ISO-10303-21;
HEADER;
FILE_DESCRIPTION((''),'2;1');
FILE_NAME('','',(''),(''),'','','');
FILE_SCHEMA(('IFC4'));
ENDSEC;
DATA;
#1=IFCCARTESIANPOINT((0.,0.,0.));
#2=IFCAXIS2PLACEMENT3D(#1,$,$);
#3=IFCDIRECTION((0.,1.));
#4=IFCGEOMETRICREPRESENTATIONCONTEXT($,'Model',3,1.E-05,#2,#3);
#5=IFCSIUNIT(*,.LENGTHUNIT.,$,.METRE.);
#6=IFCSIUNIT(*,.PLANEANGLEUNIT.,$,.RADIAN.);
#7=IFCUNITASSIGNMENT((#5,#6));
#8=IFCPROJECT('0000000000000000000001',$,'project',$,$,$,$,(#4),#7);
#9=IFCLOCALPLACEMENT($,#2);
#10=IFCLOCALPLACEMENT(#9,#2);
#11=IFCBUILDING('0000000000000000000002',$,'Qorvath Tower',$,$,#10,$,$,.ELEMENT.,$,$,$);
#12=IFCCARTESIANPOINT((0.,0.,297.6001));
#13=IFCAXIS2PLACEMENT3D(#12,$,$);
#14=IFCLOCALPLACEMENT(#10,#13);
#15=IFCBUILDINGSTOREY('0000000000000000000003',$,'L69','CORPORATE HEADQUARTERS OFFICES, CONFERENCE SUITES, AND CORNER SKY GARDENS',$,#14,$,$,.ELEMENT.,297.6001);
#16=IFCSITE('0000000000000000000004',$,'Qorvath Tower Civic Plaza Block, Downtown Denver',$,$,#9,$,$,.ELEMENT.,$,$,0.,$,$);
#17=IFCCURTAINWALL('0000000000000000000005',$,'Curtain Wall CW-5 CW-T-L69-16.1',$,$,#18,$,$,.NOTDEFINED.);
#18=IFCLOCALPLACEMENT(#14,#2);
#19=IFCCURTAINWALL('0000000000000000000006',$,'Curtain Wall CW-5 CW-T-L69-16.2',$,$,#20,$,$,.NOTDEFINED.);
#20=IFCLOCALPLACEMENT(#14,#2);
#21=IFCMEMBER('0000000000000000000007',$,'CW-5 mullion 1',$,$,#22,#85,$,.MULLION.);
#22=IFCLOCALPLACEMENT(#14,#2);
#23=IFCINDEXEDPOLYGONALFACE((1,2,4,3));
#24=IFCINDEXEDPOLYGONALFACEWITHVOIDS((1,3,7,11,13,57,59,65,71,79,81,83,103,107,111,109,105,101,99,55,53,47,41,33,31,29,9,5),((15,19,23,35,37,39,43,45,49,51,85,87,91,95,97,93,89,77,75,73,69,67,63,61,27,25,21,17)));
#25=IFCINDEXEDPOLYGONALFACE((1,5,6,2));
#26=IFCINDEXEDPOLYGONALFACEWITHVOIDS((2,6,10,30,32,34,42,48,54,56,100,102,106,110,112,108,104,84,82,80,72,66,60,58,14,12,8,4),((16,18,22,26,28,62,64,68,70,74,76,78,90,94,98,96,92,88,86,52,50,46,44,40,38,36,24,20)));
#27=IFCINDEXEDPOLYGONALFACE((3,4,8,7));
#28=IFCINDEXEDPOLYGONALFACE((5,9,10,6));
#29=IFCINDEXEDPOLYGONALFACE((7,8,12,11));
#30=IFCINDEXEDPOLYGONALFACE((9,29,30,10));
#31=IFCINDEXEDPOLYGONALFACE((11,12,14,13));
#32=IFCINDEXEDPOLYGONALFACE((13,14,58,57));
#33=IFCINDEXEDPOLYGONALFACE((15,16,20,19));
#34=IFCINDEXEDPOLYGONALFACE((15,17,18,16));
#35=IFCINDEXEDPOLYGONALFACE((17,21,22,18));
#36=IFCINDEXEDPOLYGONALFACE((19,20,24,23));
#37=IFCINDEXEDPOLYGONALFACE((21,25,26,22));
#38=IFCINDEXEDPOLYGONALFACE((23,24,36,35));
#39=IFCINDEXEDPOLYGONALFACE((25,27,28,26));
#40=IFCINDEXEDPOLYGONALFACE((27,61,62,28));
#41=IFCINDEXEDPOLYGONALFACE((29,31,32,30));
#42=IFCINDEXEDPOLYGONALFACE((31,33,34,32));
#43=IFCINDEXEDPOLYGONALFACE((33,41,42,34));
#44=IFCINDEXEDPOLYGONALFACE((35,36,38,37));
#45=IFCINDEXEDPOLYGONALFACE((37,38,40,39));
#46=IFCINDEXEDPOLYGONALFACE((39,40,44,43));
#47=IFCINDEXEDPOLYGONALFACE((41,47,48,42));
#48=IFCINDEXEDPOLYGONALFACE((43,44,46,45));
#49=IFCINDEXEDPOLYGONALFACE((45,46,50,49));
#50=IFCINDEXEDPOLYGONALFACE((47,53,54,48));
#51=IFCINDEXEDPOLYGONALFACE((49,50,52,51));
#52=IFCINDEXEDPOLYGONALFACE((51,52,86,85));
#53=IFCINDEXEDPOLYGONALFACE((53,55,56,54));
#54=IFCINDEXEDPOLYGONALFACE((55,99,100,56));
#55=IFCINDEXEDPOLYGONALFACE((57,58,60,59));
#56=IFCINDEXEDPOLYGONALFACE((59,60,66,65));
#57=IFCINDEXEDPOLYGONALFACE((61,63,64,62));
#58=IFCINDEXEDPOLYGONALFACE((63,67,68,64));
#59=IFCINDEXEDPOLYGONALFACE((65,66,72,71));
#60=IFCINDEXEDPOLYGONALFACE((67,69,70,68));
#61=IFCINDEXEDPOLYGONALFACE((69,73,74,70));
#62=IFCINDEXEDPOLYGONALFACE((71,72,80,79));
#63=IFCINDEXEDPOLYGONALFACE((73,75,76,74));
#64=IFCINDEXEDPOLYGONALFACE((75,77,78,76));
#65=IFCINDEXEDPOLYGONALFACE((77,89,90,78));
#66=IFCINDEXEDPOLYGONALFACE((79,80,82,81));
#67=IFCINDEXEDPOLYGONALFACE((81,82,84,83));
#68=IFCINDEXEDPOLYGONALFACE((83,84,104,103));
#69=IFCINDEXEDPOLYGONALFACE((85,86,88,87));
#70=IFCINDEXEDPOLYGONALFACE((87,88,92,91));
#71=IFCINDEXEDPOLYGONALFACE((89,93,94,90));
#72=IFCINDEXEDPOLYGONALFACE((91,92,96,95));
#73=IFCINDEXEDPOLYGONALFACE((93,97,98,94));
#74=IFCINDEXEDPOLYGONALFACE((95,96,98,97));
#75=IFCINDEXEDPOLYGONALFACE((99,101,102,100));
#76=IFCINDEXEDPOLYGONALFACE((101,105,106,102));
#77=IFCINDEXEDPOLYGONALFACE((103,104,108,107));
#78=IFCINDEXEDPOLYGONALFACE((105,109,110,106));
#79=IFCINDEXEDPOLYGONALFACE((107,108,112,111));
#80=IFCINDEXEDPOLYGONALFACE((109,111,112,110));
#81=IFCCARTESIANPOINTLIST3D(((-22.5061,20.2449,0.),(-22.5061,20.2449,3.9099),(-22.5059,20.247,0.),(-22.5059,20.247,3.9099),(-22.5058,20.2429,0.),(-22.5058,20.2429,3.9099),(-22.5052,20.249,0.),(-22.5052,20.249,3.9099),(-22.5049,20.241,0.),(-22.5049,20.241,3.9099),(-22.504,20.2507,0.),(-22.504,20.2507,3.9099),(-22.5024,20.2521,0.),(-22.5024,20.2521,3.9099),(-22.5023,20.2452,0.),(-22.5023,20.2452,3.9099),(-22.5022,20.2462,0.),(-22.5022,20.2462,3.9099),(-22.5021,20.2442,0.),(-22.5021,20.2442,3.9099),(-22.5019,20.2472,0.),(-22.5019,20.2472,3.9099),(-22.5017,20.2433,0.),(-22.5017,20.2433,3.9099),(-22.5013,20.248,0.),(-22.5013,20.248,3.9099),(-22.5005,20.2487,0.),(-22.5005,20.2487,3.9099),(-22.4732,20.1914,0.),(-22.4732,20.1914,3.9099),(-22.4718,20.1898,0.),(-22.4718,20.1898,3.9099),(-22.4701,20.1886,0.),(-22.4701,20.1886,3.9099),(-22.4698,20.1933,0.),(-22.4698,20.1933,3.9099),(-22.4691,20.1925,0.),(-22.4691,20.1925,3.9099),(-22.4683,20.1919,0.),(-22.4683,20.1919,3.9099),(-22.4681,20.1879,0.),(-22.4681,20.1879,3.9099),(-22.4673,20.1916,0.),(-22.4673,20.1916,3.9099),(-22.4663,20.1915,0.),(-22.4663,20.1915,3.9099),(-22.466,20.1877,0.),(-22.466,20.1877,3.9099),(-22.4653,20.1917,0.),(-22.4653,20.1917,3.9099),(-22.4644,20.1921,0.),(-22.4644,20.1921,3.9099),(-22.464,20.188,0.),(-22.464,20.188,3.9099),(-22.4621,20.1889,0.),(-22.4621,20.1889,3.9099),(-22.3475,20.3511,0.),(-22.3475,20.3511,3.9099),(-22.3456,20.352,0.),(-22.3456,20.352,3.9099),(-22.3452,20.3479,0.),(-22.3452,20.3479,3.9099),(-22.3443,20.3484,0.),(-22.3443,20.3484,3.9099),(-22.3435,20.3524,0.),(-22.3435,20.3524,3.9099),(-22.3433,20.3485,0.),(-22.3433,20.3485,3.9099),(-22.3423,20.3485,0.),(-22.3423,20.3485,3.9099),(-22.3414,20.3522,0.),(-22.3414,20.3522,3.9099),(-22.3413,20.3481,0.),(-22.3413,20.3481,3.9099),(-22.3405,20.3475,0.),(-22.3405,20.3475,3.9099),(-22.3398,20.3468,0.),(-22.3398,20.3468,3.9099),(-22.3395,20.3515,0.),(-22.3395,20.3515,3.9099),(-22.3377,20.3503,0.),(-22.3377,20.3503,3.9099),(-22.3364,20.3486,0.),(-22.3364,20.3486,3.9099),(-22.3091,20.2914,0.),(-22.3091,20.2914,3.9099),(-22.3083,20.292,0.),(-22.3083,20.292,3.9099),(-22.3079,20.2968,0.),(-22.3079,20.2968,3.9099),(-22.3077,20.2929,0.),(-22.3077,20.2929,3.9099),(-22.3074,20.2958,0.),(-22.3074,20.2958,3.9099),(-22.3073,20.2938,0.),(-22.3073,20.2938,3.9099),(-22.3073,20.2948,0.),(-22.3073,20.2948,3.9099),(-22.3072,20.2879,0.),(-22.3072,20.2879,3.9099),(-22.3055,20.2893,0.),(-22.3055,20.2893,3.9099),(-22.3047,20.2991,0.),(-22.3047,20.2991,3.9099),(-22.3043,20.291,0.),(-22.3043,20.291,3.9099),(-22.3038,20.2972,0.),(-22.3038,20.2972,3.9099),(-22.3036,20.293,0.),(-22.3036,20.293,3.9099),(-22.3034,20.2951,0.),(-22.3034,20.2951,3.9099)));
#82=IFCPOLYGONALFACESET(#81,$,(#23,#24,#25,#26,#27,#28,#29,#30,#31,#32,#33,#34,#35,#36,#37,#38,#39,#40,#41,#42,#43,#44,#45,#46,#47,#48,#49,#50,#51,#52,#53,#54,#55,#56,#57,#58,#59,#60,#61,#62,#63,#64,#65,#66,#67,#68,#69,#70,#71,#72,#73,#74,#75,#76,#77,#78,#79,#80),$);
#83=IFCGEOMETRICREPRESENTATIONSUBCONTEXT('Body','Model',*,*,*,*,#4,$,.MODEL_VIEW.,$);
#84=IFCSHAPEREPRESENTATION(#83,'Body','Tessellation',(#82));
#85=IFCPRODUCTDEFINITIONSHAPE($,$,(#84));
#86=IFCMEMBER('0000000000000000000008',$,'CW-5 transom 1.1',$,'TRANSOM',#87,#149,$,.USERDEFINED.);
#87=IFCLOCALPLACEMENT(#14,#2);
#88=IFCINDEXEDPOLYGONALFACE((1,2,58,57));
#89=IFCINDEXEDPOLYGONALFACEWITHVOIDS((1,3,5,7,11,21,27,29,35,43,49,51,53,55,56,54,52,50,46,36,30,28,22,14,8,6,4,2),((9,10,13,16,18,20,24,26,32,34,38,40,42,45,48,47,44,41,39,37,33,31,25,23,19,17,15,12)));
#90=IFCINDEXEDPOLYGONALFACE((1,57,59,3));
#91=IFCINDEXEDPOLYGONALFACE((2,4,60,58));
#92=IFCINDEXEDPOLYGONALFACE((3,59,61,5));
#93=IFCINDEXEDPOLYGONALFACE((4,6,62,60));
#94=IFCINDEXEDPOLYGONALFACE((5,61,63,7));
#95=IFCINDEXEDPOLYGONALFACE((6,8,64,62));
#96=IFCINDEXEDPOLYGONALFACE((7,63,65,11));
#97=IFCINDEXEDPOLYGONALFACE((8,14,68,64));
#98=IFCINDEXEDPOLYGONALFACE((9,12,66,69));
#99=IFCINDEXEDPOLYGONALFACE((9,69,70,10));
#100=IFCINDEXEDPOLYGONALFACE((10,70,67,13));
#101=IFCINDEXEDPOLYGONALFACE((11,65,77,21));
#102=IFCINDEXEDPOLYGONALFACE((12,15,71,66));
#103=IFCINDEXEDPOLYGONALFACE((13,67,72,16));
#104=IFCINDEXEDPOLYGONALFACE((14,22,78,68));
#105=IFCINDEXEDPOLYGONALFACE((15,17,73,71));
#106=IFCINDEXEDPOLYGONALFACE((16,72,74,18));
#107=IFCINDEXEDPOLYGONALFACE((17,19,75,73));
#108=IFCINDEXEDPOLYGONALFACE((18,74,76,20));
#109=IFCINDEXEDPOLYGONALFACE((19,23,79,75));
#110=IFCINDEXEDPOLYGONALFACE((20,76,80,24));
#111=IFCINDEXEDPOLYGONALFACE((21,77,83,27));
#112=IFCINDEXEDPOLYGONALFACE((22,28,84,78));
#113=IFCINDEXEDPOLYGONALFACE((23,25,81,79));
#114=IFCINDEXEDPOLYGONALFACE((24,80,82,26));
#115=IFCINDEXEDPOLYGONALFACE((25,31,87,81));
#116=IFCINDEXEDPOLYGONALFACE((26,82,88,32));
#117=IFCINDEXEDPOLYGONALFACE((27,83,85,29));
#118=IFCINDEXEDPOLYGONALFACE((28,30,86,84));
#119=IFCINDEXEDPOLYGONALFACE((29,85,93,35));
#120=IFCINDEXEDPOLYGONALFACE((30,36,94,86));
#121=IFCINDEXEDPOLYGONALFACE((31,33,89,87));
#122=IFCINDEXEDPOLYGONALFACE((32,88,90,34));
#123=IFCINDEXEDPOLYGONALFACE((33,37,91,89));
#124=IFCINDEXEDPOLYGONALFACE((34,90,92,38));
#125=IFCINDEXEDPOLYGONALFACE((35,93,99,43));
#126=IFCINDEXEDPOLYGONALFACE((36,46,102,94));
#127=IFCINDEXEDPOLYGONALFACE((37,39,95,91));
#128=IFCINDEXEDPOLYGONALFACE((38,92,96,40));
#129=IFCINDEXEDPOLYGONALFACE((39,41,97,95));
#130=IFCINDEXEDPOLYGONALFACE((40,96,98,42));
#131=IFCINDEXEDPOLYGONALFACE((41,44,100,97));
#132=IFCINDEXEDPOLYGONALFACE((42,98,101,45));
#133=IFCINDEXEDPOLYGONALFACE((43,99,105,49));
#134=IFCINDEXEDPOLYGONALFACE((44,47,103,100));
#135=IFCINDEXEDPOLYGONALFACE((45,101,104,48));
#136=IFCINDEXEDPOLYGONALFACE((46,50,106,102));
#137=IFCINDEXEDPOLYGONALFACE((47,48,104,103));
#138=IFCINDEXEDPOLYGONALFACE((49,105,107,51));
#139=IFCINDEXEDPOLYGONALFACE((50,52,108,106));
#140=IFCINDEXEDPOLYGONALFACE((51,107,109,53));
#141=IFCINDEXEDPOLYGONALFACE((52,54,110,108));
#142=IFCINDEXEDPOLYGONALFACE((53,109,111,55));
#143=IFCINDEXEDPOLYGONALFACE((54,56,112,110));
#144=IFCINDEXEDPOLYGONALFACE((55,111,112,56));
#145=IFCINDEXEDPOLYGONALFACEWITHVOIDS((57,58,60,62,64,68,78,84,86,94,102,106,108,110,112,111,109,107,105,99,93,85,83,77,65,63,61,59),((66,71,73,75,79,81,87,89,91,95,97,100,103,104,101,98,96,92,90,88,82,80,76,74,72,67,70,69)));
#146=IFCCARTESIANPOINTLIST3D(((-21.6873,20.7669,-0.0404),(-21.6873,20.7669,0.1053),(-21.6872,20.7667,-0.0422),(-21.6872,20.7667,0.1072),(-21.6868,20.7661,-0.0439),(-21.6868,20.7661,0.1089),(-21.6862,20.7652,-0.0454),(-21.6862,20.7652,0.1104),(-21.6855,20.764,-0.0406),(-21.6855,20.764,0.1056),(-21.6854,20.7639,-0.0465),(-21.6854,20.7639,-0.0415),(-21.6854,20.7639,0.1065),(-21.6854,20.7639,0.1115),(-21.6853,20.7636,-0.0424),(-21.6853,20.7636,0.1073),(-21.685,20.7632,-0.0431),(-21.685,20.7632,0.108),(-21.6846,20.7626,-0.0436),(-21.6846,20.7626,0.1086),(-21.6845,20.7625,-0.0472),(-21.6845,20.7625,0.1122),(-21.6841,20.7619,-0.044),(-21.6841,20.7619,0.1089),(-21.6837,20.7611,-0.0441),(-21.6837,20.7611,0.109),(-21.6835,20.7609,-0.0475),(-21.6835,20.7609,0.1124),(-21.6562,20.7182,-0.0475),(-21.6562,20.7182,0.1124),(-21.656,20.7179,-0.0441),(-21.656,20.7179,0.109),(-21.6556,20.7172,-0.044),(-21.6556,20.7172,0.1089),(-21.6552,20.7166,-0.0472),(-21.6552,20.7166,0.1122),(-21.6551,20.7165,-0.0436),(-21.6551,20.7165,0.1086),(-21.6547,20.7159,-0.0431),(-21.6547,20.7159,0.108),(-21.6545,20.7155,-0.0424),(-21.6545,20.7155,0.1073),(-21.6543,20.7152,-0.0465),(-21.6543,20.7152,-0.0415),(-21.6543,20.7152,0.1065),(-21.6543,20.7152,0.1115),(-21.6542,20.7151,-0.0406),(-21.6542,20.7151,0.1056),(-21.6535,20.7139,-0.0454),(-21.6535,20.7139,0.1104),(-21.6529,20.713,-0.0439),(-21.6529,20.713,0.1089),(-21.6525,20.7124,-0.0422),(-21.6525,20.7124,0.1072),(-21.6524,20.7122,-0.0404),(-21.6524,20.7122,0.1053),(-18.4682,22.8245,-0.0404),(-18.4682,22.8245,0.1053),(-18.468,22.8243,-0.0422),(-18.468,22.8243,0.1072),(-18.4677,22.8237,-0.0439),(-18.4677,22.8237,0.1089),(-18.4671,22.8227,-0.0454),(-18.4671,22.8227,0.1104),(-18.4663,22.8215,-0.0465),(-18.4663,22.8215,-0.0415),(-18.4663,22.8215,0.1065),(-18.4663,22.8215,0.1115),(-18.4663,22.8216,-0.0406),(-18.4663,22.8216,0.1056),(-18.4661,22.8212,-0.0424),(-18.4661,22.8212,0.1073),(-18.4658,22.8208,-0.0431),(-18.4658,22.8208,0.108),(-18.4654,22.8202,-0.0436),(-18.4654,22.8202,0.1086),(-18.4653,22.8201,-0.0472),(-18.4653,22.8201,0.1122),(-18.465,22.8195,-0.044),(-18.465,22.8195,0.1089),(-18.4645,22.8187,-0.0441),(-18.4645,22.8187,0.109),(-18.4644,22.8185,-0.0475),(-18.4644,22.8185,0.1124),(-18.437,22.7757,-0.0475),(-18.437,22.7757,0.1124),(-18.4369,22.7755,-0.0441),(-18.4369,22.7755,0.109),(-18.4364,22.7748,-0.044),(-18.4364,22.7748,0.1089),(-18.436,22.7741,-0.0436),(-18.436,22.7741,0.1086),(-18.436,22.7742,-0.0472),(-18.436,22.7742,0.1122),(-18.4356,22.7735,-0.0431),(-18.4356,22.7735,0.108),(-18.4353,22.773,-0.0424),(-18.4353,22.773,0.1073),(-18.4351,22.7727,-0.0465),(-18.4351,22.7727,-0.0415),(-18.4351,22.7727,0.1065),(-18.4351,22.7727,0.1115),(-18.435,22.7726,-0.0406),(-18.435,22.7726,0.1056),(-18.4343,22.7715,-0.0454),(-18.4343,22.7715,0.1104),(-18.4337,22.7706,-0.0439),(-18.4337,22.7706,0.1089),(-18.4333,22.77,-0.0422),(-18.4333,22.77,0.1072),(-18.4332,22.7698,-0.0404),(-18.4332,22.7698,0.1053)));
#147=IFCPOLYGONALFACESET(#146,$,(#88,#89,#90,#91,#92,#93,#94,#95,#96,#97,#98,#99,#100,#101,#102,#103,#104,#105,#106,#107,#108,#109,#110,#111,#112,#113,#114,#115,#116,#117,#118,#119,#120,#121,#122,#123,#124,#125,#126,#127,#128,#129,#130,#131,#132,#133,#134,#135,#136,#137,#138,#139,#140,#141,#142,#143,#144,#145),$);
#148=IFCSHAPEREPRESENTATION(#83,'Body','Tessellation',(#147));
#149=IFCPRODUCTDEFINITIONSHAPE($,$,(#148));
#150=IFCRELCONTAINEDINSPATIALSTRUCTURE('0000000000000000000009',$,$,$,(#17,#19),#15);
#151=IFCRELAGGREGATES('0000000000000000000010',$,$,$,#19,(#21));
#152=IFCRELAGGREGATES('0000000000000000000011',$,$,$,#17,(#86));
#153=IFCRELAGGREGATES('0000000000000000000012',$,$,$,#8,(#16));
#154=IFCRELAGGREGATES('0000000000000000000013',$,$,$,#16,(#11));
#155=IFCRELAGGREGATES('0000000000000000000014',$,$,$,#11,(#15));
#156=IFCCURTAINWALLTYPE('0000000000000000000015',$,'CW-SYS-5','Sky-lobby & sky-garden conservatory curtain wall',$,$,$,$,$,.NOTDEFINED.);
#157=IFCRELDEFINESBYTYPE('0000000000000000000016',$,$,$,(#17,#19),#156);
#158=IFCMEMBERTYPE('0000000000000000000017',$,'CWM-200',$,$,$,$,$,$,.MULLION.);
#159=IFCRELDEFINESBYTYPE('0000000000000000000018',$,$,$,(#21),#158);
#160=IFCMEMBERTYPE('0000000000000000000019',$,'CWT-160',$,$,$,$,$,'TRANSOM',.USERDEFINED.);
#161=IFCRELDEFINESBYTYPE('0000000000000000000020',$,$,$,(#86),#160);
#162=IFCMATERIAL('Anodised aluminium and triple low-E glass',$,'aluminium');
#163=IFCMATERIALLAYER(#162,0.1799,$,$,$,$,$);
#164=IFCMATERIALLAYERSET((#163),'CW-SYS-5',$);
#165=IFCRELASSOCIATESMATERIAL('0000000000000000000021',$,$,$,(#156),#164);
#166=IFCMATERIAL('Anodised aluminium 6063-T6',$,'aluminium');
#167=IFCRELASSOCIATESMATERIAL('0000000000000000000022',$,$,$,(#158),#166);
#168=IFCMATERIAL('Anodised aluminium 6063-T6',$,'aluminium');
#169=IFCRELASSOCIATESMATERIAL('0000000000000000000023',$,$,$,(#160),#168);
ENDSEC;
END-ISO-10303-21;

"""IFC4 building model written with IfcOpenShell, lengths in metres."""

from ifc_helpers import new_model, si_unit, direction, frame, origin, origin_2d, place, context, subcontext, project, spatial, hollow_rectangle, extrude, material, layer, layer_set, material_profile, profile_set, type_object, element, aggregate, save


model = new_model("IFC4")

# Units and contexts
model_context = context("Model", 3, precision=1e-05, world=origin(), true_north=direction((0.0, 1.0)))
body_context = subcontext(model_context, "Body", "Model", "MODEL_VIEW")
ifc_project = project(units=[si_unit("LENGTHUNIT", "METRE"), si_unit("PLANEANGLEUNIT", "RADIAN")], contexts=[model_context])

# Site, building, storey
site_placement = place(None, origin())
site = spatial("IfcSite", under=ifc_project, at=site_placement, Name="Qorvath Tower Civic Plaza Block, Downtown Denver", CompositionType="ELEMENT", RefElevation=0.0)
building_placement = place(site_placement, origin())
building = spatial("IfcBuilding", under=site, at=building_placement, Name="Qorvath Tower", CompositionType="ELEMENT")
storey_placement = place(building_placement, frame((0.0, 0.0, 297.6001)))
storey = spatial("IfcBuildingStorey", under=building, at=storey_placement, Name="L69", Description="CORPORATE HEADQUARTERS OFFICES, CONFERENCE SUITES, AND CORNER SKY GARDENS", CompositionType="ELEMENT", Elevation=297.6001)

# Shared definitions
ifc_material_1 = material(Name="Anodised aluminium and triple low-E glass", Category="aluminium")
ifc_layer_1 = layer(ifc_material_1, 0.1799)
ifc_layer_set_1 = layer_set([ifc_layer_1], Name="CW-SYS-5")
curtain_wall_type = type_object("IfcCurtainWallType", Name="CW-SYS-5", Description="Sky-lobby & sky-garden conservatory curtain wall", PredefinedType="NOTDEFINED", material=ifc_layer_set_1)
ifc_material_2 = material(Name="Anodised aluminium 6063-T6", Category="aluminium")
ifc_material_profile_1 = material_profile(ifc_material_2, hollow_rectangle(XDim=0.075, YDim=0.2, WallThickness=0.0039, InnerFilletRadius=0.0039, OuterFilletRadius=0.0081, at=origin_2d()), Name="CWM 200x75")
ifc_profile_set_1 = profile_set([ifc_material_profile_1], Name="Anodised aluminium 6063-T6")
member_type_1 = type_object("IfcMemberType", Name="CWM-200", PredefinedType="MULLION", material=ifc_profile_set_1)

# Curtain wall
curtain_wall_1_placement = place(storey_placement, origin())
curtain_wall_1 = element("IfcCurtainWall", 1, at=curtain_wall_1_placement, inside=storey, type_object=curtain_wall_type, Name="Curtain Wall CW-5 CW-T-L69-16.1", PredefinedType="NOTDEFINED")

# Curtain wall, member
curtain_wall_2_placement = place(storey_placement, origin())
curtain_wall_2 = element("IfcCurtainWall", 2, at=curtain_wall_2_placement, inside=storey, type_object=curtain_wall_type, Name="Curtain Wall CW-5 CW-T-L69-16.2", PredefinedType="NOTDEFINED")
member_1_placement = place(storey_placement, frame((-22.4048, 20.27, 0.0), z_axis=(0.0, 0.0, 1.0), x_axis=(0.538541, -0.842599, 0.0)))
member_1 = element("IfcMember", 3, at=member_1_placement, type_object=member_type_1, Name="CW-5 mullion 1", PredefinedType="MULLION", context=body_context, shape_type="SweptSolid", body=[
    extrude(hollow_rectangle(XDim=0.075, YDim=0.2, WallThickness=0.0039, InnerFilletRadius=0.0039, OuterFilletRadius=0.0081, at=origin_2d()), origin(), (0.0, 0.0, 1.0), 3.9099),
])

# Member
ifc_material_3 = material(Name="Anodised aluminium 6063-T6", Category="aluminium")
ifc_material_profile_2 = material_profile(ifc_material_3, hollow_rectangle(XDim=0.0649, YDim=0.1599, WallThickness=0.0034, InnerFilletRadius=0.0034, OuterFilletRadius=0.0071, at=origin_2d()), Name="CWT 160x65")
ifc_profile_set_2 = profile_set([ifc_material_profile_2], Name="Anodised aluminium 6063-T6")
member_type_2 = type_object("IfcMemberType", Name="CWT-160", ElementType="TRANSOM", PredefinedType="USERDEFINED", material=ifc_profile_set_2)
member_2_placement = place(storey_placement, frame((-18.4507, 22.7971, 0.0325), z_axis=(-0.842592, -0.538553, 0.0), x_axis=(0.538553, -0.842592, 0.0)))
member_2 = element("IfcMember", 4, at=member_2_placement, type_object=member_type_2, Name="CW-5 transom 1.1", ObjectType="TRANSOM", PredefinedType="USERDEFINED", context=body_context, shape_type="SweptSolid", body=[
    extrude(hollow_rectangle(XDim=0.0649, YDim=0.1599, WallThickness=0.0034, InnerFilletRadius=0.0034, OuterFilletRadius=0.0071, at=origin_2d()), origin(), (0.0, 0.0, 1.0), 3.8206),
])
aggregate(curtain_wall_2, [member_1])

aggregate(curtain_wall_1, [member_2])

save(model, "model.ifc")
